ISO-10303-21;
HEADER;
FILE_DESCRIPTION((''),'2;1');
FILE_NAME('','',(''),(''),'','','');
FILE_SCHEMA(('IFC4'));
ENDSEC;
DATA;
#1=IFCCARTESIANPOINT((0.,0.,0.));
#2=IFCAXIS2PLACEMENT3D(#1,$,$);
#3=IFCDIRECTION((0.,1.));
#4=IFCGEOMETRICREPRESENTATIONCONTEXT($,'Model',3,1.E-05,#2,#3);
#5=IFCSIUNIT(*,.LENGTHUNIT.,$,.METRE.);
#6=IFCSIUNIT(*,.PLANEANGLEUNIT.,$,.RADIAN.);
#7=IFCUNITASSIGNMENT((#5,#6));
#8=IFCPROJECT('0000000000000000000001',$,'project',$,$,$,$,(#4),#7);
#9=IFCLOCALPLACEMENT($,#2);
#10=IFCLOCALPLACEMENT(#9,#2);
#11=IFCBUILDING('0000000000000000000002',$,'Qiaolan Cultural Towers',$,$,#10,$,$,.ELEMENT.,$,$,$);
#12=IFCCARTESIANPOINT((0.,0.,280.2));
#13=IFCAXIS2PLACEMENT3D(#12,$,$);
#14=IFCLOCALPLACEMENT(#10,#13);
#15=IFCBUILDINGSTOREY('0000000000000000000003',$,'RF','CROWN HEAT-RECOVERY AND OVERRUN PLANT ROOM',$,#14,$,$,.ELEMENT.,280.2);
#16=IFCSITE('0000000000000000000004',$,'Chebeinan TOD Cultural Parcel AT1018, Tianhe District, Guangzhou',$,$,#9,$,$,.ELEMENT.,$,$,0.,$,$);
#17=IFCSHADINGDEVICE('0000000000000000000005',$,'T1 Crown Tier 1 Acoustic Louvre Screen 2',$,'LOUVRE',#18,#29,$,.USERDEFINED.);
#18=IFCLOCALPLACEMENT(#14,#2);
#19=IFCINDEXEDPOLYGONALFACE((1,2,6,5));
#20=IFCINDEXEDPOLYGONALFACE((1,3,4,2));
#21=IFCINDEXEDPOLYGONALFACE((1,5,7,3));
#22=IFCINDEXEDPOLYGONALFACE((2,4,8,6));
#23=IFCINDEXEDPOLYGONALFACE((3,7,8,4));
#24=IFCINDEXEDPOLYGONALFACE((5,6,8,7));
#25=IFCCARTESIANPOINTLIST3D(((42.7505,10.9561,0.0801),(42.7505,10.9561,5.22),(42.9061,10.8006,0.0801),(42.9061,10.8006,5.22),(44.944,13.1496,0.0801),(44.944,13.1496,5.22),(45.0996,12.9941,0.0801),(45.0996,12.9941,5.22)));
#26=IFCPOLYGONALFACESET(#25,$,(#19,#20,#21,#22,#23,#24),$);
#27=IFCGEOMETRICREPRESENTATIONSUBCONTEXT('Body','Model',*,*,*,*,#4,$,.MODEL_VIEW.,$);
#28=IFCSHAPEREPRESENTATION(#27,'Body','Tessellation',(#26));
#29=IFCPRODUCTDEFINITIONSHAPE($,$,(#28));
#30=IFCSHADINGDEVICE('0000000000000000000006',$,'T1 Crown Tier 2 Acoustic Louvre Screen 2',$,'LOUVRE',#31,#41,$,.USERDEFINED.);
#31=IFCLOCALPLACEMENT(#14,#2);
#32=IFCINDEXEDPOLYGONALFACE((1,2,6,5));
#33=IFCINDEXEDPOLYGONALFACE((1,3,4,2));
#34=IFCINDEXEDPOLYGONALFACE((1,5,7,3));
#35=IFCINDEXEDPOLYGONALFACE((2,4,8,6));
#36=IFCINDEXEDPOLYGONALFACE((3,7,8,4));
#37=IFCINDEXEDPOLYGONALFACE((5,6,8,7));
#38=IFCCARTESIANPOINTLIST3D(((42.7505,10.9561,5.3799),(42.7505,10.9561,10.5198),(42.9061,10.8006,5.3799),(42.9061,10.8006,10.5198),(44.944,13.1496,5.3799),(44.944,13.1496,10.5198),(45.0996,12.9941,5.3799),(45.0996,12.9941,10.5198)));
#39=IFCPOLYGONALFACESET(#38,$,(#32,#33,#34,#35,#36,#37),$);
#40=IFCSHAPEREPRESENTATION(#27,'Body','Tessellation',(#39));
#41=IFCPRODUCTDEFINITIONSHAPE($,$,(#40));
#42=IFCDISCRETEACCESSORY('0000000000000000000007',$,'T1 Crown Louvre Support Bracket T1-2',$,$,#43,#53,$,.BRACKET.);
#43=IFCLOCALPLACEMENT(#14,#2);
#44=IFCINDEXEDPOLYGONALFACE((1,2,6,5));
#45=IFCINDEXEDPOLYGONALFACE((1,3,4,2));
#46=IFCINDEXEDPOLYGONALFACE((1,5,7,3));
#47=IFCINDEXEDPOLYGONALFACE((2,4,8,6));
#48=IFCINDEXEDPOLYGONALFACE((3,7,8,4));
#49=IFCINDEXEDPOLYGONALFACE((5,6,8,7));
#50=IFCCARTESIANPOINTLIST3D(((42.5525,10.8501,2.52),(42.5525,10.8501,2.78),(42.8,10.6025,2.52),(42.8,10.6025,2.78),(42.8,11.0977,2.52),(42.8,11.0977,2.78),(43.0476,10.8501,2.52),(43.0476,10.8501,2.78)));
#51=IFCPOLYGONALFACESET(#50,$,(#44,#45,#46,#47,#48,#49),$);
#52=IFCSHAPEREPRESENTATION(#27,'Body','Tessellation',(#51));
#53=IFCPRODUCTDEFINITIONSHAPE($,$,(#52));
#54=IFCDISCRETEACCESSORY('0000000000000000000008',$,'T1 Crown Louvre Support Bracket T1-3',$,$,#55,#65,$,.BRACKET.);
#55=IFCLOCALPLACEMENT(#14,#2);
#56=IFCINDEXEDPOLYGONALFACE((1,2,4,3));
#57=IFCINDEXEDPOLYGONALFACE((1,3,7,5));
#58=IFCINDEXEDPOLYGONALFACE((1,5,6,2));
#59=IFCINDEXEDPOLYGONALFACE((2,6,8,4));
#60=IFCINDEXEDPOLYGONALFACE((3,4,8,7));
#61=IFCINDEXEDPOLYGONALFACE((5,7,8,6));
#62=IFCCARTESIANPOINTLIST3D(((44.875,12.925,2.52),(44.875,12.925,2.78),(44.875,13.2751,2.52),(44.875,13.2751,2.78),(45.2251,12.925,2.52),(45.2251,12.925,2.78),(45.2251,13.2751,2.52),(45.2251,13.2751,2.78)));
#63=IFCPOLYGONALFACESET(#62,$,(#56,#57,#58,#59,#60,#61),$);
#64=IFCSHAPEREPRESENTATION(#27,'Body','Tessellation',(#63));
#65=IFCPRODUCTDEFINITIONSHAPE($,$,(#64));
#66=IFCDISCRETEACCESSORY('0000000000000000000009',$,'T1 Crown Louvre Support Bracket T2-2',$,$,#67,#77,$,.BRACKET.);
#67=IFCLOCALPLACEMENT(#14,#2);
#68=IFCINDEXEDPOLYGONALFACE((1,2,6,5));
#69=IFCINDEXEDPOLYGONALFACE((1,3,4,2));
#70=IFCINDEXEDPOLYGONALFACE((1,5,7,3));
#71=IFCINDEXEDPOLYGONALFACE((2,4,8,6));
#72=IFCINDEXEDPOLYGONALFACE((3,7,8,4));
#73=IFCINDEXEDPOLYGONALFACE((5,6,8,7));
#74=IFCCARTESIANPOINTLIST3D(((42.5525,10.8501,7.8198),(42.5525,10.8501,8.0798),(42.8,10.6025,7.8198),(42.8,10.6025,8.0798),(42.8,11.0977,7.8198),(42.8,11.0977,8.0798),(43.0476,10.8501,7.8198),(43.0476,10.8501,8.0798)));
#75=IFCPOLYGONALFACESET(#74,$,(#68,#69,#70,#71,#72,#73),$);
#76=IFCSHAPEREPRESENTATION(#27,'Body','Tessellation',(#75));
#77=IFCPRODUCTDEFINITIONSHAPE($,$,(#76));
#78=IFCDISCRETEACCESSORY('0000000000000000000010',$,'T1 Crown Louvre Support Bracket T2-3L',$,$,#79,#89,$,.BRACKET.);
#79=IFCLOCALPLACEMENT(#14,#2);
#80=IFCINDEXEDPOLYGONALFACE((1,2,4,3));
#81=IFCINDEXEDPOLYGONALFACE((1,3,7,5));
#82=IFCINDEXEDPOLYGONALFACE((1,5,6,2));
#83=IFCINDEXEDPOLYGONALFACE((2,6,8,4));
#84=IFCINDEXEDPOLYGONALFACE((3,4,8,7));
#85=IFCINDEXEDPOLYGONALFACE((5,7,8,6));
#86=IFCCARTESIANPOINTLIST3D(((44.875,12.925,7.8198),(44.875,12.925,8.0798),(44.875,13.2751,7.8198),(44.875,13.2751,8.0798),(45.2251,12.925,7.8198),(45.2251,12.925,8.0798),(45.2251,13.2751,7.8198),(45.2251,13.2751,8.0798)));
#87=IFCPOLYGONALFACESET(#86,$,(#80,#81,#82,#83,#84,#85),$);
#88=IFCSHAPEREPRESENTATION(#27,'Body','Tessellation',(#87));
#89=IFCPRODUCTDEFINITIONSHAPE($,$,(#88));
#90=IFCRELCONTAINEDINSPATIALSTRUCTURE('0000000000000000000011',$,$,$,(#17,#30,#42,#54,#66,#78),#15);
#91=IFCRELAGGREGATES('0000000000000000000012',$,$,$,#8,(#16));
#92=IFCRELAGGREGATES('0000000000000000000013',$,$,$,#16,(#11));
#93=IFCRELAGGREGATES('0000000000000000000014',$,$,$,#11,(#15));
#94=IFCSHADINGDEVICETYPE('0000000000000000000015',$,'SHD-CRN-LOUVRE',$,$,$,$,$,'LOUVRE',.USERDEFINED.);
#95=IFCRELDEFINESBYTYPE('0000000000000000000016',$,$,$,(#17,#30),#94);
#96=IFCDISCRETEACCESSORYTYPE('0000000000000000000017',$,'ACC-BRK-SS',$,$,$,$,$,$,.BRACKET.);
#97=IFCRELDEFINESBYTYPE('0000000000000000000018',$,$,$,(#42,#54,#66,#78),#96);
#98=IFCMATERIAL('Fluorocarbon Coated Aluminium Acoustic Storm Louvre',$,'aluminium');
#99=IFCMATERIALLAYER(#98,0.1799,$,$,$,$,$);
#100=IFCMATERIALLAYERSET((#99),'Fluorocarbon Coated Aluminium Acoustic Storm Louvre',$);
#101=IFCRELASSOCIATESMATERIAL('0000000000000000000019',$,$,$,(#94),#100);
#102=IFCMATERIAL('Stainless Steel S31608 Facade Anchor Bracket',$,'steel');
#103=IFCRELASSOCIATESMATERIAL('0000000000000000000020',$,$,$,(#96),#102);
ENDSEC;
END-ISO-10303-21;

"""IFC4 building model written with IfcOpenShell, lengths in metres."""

from ifc_helpers import new_model, si_unit, direction, frame, origin, origin_2d, place, context, subcontext, project, spatial, rectangle, extrude, material, layer, layer_set, type_object, element, save


model = new_model("IFC4")

# Units and contexts
model_context = context("Model", 3, precision=1e-05, world=origin(), true_north=direction((0.0, 1.0)))
body_context = subcontext(model_context, "Body", "Model", "MODEL_VIEW")
ifc_project = project(units=[si_unit("LENGTHUNIT", "METRE"), si_unit("PLANEANGLEUNIT", "RADIAN")], contexts=[model_context])

# Site, building, storey
site_placement = place(None, origin())
site = spatial("IfcSite", under=ifc_project, at=site_placement, Name="Chebeinan TOD Cultural Parcel AT1018, Tianhe District, Guangzhou", CompositionType="ELEMENT", RefElevation=0.0)
building_placement = place(site_placement, origin())
building = spatial("IfcBuilding", under=site, at=building_placement, Name="Qiaolan Cultural Towers", CompositionType="ELEMENT")
storey_placement = place(building_placement, frame((0.0, 0.0, 280.2)))
storey = spatial("IfcBuildingStorey", under=building, at=storey_placement, Name="RF", Description="CROWN HEAT-RECOVERY AND OVERRUN PLANT ROOM", CompositionType="ELEMENT", Elevation=280.2)

# Shading devices
ifc_material_1 = material(Name="Fluorocarbon Coated Aluminium Acoustic Storm Louvre", Category="aluminium")
ifc_layer_1 = layer(ifc_material_1, 0.1799)
ifc_layer_set_1 = layer_set([ifc_layer_1], Name="Fluorocarbon Coated Aluminium Acoustic Storm Louvre")
shading_device_type = type_object("IfcShadingDeviceType", Name="SHD-CRN-LOUVRE", ElementType="LOUVRE", PredefinedType="USERDEFINED", material=ifc_layer_set_1)
for number, where, z_axis, x_axis, name in (
    (1, (43.925, 11.9751, 0.0801), (0.0, 0.0, 1.0), (0.707107, 0.707107, 0.0), "T1 Crown Tier 1 Acoustic Louvre Screen 2"),
    (2, (43.925, 11.9751, 5.3799), (0.0, 0.0, 1.0), (0.707107, 0.707107, 0.0), "T1 Crown Tier 2 Acoustic Louvre Screen 2"),
):
    element("IfcShadingDevice", number, at=place(storey_placement, frame(where, z_axis=z_axis, x_axis=x_axis)), inside=storey, type_object=shading_device_type, Name=name, ObjectType="LOUVRE", PredefinedType="USERDEFINED", context=body_context, shape_type="SweptSolid", body=[
        extrude(rectangle(XDim=3.1021, YDim=0.22, at=origin_2d()), origin(), (0.0, 0.0, 1.0), 5.1399),
    ])

# Discrete accessories
ifc_material_2 = material(Name="Stainless Steel S31608 Facade Anchor Bracket", Category="steel")
discrete_accessory_type = type_object("IfcDiscreteAccessoryType", Name="ACC-BRK-SS", PredefinedType="BRACKET", material=ifc_material_2)
for number, where, z_axis, x_axis, name in (
    (3, (42.8, 10.8501, 2.52), (0.0, 0.0, 1.0), (0.707107, 0.707107, 0.0), "T1 Crown Louvre Support Bracket T1-2"),
    (4, (45.05, 13.1001, 2.52), (0.0, 0.0, 1.0), (0.0, 1.0, 0.0), "T1 Crown Louvre Support Bracket T1-3"),
    (5, (42.8, 10.8501, 7.8198), (0.0, 0.0, 1.0), (0.707107, 0.707107, 0.0), "T1 Crown Louvre Support Bracket T2-2"),
    (6, (45.05, 13.1001, 7.8198), (0.0, 0.0, 1.0), (0.0, 1.0, 0.0), "T1 Crown Louvre Support Bracket T2-3L"),
):
    element("IfcDiscreteAccessory", number, at=place(storey_placement, frame(where, z_axis=z_axis, x_axis=x_axis)), inside=storey, type_object=discrete_accessory_type, Name=name, PredefinedType="BRACKET", context=body_context, shape_type="SweptSolid", body=[
        extrude(rectangle(XDim=0.3501, YDim=0.3501, at=origin_2d()), origin(), (0.0, 0.0, 1.0), 0.26),
    ])

save(model, "model.ifc")
